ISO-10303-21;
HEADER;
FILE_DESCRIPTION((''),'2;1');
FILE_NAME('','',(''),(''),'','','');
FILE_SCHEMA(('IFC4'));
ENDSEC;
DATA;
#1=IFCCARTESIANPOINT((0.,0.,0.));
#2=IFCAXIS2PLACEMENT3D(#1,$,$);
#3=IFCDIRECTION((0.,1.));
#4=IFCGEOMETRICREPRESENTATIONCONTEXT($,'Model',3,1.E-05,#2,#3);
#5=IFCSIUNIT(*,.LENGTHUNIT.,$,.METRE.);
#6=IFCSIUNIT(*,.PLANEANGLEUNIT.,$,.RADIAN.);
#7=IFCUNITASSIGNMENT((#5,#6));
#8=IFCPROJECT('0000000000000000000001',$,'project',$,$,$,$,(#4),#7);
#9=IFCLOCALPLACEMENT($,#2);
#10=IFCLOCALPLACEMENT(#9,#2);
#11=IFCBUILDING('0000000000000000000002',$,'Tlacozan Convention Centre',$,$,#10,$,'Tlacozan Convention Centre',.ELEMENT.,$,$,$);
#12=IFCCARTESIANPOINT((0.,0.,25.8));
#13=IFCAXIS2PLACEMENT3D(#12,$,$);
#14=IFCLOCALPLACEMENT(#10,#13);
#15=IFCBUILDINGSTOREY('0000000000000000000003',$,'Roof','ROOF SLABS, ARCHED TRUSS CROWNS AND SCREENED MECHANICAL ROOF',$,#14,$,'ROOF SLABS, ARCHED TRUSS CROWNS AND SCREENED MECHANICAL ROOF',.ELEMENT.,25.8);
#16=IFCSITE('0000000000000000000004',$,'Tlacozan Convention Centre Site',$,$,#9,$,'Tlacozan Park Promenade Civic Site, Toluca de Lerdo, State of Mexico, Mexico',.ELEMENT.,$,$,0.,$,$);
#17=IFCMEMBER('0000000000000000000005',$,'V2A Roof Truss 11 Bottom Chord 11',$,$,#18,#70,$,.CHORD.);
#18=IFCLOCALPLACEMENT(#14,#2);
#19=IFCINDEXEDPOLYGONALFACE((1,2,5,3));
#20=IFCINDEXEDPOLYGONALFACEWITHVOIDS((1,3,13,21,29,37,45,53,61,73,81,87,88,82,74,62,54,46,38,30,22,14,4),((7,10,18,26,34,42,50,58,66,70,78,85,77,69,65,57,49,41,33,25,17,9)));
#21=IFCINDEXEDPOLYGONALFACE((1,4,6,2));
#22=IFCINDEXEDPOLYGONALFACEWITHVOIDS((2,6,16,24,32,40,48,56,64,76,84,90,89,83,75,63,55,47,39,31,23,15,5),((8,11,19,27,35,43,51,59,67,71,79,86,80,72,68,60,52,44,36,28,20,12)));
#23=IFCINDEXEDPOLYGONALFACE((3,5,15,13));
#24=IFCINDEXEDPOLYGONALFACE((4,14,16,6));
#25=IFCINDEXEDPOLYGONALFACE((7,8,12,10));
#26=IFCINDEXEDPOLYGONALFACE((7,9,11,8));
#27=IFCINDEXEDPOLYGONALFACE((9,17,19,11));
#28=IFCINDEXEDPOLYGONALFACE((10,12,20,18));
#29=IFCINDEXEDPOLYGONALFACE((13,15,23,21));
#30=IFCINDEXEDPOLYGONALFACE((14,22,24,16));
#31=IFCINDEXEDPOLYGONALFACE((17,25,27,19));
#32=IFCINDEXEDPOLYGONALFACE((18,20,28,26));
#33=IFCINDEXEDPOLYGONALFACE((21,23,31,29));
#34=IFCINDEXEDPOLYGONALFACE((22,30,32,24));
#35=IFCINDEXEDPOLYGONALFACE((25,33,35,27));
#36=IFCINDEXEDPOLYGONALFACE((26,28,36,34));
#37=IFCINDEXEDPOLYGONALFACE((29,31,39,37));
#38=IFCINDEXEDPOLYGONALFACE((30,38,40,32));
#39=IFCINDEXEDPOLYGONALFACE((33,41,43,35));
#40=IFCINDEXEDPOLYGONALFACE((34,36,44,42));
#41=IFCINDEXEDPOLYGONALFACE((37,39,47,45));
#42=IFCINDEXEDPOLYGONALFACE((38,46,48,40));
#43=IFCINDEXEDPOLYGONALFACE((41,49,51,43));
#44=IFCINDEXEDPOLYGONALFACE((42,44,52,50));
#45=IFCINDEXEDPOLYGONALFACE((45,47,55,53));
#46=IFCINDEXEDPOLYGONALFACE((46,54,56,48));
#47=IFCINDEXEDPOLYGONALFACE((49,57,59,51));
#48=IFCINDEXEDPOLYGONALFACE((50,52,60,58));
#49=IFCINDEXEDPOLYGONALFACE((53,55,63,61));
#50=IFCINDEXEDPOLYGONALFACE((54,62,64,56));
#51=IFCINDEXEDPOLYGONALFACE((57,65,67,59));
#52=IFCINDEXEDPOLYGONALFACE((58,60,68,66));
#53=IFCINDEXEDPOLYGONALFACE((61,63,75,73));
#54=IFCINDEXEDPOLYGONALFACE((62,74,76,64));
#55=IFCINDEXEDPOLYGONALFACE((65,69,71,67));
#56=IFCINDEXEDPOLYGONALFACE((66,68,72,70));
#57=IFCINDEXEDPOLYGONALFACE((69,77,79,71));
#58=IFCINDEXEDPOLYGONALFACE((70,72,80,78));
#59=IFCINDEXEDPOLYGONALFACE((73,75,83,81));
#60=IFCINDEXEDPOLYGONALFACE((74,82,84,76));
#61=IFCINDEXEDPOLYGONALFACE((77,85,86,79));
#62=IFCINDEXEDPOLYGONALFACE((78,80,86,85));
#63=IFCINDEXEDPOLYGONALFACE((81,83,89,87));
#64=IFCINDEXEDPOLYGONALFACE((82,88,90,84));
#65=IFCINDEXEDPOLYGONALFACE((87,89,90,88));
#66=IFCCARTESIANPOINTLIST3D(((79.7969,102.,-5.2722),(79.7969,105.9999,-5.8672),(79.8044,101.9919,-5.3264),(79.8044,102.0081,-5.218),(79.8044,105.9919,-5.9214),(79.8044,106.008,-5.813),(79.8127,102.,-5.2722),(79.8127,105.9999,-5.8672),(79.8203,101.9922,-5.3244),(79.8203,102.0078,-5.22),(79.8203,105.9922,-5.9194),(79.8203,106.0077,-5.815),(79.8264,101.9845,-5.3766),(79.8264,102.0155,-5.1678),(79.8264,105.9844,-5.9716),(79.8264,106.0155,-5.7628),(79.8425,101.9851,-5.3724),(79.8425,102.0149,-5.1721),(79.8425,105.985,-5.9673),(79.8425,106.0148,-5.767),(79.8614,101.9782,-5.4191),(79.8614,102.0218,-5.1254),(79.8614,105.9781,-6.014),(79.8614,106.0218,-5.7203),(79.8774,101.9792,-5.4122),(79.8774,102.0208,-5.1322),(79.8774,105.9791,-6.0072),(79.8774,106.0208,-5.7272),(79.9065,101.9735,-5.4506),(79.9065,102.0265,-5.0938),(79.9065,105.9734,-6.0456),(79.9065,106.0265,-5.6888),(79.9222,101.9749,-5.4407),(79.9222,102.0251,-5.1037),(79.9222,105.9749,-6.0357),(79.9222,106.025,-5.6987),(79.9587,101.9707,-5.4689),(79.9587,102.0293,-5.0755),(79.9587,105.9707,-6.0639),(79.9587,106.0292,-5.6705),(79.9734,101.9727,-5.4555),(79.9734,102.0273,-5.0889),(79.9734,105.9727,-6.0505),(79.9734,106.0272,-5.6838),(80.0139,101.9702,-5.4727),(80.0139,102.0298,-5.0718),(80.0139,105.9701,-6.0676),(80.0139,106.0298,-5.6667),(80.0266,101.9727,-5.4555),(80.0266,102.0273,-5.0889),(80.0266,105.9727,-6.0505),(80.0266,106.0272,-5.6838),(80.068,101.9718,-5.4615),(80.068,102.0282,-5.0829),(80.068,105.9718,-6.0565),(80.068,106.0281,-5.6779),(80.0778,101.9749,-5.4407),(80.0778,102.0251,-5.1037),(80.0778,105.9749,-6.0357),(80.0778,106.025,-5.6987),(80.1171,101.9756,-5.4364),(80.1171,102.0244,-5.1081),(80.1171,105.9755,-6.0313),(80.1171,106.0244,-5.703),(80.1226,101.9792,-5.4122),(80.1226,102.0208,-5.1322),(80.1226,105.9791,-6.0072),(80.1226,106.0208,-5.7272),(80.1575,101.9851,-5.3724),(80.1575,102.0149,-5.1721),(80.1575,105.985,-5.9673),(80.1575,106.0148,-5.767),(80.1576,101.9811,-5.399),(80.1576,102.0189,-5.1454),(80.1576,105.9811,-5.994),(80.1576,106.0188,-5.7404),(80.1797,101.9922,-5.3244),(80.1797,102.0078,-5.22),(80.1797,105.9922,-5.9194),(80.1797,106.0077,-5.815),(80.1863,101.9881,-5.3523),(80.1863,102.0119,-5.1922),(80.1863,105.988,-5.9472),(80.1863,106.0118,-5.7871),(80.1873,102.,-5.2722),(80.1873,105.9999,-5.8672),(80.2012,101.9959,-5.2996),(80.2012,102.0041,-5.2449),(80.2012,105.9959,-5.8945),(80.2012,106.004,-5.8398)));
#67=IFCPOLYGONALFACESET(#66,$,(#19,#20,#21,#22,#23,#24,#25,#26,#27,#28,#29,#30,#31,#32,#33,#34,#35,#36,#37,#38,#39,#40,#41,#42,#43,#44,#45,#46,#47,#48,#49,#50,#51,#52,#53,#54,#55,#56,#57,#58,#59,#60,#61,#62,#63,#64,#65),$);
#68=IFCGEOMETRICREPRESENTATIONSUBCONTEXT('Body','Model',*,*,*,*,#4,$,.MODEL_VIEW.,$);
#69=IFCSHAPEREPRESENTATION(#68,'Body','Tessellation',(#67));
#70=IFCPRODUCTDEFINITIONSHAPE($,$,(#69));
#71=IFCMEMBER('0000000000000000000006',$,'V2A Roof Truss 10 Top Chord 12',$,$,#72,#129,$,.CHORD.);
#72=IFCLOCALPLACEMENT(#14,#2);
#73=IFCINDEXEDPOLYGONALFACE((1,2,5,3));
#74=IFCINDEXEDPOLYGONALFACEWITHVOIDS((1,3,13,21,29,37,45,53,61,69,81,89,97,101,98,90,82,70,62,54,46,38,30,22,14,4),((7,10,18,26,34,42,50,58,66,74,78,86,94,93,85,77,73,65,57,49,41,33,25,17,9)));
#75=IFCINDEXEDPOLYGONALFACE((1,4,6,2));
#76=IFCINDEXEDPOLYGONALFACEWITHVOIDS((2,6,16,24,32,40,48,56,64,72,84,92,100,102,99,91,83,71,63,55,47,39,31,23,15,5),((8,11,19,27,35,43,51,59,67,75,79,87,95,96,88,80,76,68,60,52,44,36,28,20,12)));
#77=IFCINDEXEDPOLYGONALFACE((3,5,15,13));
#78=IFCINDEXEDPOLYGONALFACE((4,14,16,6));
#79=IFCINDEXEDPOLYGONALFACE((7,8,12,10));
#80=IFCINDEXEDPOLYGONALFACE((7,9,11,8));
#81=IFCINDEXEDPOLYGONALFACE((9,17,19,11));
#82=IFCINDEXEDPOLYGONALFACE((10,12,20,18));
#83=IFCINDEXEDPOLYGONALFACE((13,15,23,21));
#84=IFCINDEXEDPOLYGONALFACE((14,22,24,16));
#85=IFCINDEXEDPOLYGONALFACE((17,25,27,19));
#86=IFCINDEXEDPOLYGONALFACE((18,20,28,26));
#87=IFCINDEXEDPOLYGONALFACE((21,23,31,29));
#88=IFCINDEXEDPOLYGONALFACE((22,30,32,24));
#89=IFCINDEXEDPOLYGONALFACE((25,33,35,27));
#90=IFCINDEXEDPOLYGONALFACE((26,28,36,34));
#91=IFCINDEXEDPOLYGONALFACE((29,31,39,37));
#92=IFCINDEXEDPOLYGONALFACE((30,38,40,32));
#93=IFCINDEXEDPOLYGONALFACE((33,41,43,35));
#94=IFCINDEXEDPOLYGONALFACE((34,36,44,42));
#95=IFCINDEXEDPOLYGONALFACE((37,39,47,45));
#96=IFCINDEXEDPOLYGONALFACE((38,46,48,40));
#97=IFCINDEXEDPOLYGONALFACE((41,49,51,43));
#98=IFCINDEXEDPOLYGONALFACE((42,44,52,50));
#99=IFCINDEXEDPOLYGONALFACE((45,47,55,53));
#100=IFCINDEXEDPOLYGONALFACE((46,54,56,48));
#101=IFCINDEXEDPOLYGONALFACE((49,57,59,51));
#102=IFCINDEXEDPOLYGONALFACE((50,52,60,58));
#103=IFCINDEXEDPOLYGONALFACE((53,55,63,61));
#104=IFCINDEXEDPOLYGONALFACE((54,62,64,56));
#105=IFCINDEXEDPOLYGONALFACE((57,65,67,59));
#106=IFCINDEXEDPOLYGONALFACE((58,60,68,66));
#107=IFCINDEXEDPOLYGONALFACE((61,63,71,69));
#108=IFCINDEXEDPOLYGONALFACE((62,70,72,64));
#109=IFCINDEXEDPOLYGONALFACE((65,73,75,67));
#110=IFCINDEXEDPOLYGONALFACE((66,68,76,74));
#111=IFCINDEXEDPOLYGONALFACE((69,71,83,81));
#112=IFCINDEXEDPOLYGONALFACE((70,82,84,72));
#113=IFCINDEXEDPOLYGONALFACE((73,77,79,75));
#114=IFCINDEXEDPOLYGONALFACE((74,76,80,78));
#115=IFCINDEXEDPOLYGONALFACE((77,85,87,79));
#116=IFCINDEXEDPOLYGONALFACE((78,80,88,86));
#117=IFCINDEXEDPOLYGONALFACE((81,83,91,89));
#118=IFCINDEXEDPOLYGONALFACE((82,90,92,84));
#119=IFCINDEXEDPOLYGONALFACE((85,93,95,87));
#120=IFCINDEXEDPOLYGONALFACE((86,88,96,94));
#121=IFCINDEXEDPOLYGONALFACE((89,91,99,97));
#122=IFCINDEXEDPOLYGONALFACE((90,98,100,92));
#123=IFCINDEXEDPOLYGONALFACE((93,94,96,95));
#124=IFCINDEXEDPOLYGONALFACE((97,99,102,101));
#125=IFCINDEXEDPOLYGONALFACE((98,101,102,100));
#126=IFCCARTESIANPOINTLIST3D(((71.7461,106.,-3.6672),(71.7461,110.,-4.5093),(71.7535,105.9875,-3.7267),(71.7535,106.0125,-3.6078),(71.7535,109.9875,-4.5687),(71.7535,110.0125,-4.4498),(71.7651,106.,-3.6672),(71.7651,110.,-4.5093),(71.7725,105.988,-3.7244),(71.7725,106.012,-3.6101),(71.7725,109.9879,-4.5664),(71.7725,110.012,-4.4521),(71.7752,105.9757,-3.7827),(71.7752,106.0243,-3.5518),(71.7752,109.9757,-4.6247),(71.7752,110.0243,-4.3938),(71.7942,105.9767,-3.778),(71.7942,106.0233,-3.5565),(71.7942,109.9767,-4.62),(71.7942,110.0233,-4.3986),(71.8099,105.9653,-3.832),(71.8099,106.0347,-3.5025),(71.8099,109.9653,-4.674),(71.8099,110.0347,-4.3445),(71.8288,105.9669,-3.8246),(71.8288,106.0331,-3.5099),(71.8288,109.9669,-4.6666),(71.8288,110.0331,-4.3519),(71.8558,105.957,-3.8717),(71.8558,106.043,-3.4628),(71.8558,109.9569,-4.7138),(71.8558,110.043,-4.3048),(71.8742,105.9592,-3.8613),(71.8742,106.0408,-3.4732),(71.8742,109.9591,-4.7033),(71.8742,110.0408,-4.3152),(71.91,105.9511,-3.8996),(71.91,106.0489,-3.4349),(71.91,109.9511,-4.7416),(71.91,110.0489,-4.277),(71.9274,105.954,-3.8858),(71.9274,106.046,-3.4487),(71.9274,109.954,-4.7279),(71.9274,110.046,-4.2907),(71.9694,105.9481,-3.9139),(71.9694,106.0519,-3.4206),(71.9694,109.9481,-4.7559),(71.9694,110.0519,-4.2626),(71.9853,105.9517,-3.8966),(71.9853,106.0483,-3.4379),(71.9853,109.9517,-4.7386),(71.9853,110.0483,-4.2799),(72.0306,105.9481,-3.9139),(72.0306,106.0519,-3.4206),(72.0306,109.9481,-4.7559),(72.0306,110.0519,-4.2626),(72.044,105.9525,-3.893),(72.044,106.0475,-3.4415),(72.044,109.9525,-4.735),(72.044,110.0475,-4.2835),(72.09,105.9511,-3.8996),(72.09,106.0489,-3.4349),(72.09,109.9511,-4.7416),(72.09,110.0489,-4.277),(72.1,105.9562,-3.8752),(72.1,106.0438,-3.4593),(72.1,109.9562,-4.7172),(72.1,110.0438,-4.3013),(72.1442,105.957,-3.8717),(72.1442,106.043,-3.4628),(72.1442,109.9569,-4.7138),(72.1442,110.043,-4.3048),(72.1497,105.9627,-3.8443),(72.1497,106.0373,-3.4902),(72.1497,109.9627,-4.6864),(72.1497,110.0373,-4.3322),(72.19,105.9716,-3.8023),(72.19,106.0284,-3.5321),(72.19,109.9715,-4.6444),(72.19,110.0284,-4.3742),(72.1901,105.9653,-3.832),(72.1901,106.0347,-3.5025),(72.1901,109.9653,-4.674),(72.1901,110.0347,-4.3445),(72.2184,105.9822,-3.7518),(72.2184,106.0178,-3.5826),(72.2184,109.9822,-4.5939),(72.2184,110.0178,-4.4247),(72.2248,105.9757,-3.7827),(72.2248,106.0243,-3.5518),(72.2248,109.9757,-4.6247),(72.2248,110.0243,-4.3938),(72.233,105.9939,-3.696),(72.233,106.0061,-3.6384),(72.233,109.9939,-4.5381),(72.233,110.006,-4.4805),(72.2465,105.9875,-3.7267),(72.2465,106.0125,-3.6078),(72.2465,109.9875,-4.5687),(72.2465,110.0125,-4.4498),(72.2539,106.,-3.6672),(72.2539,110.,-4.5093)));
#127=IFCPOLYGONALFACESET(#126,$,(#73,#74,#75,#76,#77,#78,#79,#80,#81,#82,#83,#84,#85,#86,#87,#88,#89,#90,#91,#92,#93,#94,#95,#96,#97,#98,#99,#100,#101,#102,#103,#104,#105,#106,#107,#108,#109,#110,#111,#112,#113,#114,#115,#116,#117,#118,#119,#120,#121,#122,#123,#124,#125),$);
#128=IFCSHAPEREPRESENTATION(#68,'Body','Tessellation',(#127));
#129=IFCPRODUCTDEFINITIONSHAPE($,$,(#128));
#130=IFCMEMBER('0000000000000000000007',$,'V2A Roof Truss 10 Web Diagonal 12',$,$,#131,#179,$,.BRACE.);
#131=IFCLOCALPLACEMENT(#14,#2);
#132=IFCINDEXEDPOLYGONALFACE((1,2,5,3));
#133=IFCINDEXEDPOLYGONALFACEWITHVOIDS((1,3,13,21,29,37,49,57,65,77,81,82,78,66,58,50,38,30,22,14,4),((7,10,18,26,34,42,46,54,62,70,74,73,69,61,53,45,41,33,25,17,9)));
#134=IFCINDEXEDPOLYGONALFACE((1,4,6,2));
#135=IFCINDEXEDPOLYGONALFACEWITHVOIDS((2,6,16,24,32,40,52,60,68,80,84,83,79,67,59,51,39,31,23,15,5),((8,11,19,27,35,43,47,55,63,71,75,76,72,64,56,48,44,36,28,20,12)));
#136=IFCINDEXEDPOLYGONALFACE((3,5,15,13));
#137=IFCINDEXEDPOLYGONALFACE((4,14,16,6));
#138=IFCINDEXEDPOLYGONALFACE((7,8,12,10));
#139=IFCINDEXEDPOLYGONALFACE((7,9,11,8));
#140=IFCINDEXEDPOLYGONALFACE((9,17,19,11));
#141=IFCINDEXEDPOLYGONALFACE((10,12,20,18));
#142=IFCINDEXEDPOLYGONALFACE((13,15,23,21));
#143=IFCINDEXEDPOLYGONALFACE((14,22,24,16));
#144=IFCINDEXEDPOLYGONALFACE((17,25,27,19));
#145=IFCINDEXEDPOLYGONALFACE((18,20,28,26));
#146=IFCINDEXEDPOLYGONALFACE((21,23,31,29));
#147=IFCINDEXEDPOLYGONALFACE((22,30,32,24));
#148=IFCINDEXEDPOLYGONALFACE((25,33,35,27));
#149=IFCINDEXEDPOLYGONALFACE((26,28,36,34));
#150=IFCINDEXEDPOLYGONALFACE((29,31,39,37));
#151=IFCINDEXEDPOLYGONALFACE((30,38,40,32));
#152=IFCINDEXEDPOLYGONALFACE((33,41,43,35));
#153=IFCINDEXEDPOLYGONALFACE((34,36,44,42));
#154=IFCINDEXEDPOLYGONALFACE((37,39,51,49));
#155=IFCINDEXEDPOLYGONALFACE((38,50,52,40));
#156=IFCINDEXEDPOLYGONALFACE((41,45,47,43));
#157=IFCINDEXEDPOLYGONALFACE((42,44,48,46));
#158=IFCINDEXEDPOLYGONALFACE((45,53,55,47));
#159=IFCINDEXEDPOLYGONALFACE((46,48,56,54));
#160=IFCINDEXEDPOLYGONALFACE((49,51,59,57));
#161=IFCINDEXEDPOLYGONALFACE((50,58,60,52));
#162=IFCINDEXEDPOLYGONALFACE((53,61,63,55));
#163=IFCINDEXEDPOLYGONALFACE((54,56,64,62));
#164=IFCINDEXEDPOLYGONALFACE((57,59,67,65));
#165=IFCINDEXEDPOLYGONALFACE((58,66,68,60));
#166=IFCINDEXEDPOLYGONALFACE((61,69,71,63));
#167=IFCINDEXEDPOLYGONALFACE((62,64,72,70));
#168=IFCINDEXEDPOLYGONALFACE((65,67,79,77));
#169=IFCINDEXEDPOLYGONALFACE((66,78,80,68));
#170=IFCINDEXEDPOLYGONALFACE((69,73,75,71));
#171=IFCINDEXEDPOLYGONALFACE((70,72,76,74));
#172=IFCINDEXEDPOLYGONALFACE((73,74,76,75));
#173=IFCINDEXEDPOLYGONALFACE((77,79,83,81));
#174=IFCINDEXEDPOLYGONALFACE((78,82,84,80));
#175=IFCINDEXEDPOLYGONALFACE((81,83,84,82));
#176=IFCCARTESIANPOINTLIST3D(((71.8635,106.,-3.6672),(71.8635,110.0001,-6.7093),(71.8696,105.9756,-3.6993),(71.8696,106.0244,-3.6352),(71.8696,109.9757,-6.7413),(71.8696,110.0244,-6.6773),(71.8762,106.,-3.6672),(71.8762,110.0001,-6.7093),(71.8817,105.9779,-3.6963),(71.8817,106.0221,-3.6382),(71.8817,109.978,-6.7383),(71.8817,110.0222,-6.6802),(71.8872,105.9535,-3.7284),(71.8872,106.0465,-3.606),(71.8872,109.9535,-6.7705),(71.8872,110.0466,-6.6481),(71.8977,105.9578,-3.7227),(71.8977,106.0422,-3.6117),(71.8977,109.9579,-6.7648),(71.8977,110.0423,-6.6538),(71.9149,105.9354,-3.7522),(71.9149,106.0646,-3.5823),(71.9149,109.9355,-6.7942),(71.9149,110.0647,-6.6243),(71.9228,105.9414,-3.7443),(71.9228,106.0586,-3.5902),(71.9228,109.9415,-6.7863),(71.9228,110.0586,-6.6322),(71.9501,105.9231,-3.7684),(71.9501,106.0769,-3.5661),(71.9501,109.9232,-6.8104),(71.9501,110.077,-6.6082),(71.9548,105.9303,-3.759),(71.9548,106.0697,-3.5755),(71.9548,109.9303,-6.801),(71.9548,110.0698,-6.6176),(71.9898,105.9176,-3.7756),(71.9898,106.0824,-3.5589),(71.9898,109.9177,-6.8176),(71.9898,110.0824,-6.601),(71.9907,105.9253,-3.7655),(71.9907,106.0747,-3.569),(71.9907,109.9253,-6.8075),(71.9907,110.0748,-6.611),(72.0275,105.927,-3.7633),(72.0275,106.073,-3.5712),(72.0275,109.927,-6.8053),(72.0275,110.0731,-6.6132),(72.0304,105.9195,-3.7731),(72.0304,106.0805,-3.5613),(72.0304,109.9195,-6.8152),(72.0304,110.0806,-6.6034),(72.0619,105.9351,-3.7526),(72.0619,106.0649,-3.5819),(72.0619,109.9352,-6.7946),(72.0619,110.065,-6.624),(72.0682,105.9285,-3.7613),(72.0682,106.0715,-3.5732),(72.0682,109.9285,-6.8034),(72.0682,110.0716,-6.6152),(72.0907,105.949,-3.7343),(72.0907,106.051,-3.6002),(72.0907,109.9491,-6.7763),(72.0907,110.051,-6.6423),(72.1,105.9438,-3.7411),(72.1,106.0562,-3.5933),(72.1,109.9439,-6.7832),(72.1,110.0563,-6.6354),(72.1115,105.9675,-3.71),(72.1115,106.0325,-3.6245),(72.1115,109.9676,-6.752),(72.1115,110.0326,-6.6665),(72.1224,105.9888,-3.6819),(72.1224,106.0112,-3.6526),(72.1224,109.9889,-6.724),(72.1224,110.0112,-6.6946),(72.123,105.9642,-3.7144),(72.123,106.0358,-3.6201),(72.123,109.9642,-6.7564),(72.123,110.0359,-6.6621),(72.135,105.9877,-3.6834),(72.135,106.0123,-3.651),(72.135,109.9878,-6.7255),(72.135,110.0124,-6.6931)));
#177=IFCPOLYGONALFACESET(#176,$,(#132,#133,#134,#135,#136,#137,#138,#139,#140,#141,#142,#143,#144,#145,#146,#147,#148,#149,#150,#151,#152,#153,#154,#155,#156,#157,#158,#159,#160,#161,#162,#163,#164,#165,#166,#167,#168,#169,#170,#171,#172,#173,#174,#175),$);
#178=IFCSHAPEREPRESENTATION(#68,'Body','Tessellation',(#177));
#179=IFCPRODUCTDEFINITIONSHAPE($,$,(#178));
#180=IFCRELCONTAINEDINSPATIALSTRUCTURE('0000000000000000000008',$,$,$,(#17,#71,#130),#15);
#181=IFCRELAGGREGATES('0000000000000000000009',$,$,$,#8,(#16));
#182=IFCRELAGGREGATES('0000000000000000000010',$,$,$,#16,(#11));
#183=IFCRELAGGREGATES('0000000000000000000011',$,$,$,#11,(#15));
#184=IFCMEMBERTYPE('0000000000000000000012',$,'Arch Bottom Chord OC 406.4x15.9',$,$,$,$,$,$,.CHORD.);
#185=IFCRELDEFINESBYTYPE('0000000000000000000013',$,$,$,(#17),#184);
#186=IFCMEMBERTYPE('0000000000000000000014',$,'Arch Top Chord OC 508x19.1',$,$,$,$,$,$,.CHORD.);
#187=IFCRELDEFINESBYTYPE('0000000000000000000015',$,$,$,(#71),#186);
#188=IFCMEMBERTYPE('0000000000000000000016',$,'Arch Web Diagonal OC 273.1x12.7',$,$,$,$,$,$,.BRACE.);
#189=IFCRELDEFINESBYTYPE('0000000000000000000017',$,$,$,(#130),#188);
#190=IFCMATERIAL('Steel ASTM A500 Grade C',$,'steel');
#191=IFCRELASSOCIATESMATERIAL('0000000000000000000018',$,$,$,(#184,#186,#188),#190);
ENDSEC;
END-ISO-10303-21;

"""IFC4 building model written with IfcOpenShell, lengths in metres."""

from ifc_helpers import new_model, si_unit, direction, frame, origin, origin_2d, place, context, subcontext, project, spatial, hollow_circle, extrude, material, material_profile, profile_set, type_object, element, save


model = new_model("IFC4")

# Units and contexts
model_context = context("Model", 3, precision=1e-05, world=origin(), true_north=direction((0.0, 1.0)))
body_context = subcontext(model_context, "Body", "Model", "MODEL_VIEW")
ifc_project = project(units=[si_unit("LENGTHUNIT", "METRE"), si_unit("PLANEANGLEUNIT", "RADIAN")], contexts=[model_context])

# Site, building, storey
site_placement = place(None, origin())
site = spatial("IfcSite", under=ifc_project, at=site_placement, Name="Tlacozan Convention Centre Site", LongName="Tlacozan Park Promenade Civic Site, Toluca de Lerdo, State of Mexico, Mexico", CompositionType="ELEMENT", RefElevation=0.0)
building_placement = place(site_placement, origin())
building = spatial("IfcBuilding", under=site, at=building_placement, Name="Tlacozan Convention Centre", LongName="Tlacozan Convention Centre", CompositionType="ELEMENT")
storey_placement = place(building_placement, frame((0.0, 0.0, 25.8)))
storey = spatial("IfcBuildingStorey", under=building, at=storey_placement, Name="Roof", Description="ROOF SLABS, ARCHED TRUSS CROWNS AND SCREENED MECHANICAL ROOF", LongName="ROOF SLABS, ARCHED TRUSS CROWNS AND SCREENED MECHANICAL ROOF", CompositionType="ELEMENT", Elevation=25.8)

# Members
ifc_material_1 = material(Name="Steel ASTM A500 Grade C", Category="steel")
ifc_material_profile_1 = material_profile(ifc_material_1, hollow_circle(Radius=0.2031, WallThickness=0.0159, at=origin_2d()), Name="OC 406.4x15.9")
ifc_profile_set_1 = profile_set([ifc_material_profile_1], Name="Steel ASTM A500 Grade C")
member_type_1 = type_object("IfcMemberType", Name="Arch Bottom Chord OC 406.4x15.9", PredefinedType="CHORD", material=ifc_profile_set_1)
member_1_placement = place(storey_placement, frame((80.0, 102.0, -5.2722), z_axis=(0.0, 0.989118, -0.147124), x_axis=(-1.0, 0.0, 0.0)))
element("IfcMember", 1, at=member_1_placement, inside=storey, type_object=member_type_1, Name="V2A Roof Truss 11 Bottom Chord 11", PredefinedType="CHORD", context=body_context, shape_type="SweptSolid", body=[
    extrude(hollow_circle(Radius=0.2031, WallThickness=0.0159, at=origin_2d()), origin(), (0.0, 0.0, 1.0), 4.0439),
])
ifc_material_profile_2 = material_profile(ifc_material_1, hollow_circle(Radius=0.2539, WallThickness=0.019, at=origin_2d()), Name="OC 508.0x19.1")
ifc_profile_set_2 = profile_set([ifc_material_profile_2], Name="Steel ASTM A500 Grade C")
member_type_2 = type_object("IfcMemberType", Name="Arch Top Chord OC 508x19.1", PredefinedType="CHORD", material=ifc_profile_set_2)
member_2_placement = place(storey_placement, frame((72.0, 106.0, -3.6672), z_axis=(0.0, 0.978553, -0.205995), x_axis=(-1.0, 0.0, 0.0)))
element("IfcMember", 2, at=member_2_placement, inside=storey, type_object=member_type_2, Name="V2A Roof Truss 10 Top Chord 12", PredefinedType="CHORD", context=body_context, shape_type="SweptSolid", body=[
    extrude(hollow_circle(Radius=0.2539, WallThickness=0.019, at=origin_2d()), origin(), (0.0, 0.0, 1.0), 4.0876),
])
ifc_material_profile_3 = material_profile(ifc_material_1, hollow_circle(Radius=0.1365, WallThickness=0.0127, at=origin_2d()), Name="OC 273.1x12.7")
ifc_profile_set_3 = profile_set([ifc_material_profile_3], Name="Steel ASTM A500 Grade C")
member_type_3 = type_object("IfcMemberType", Name="Arch Web Diagonal OC 273.1x12.7", PredefinedType="BRACE", material=ifc_profile_set_3)
member_3_placement = place(storey_placement, frame((72.0, 106.0, -3.6672), z_axis=(0.0, 0.795971, -0.605335), x_axis=(-1.0, 0.0, 0.0)))
element("IfcMember", 3, at=member_3_placement, inside=storey, type_object=member_type_3, Name="V2A Roof Truss 10 Web Diagonal 12", PredefinedType="BRACE", context=body_context, shape_type="SweptSolid", body=[
    extrude(hollow_circle(Radius=0.1365, WallThickness=0.0127, at=origin_2d()), origin(), (0.0, 0.0, 1.0), 5.0254),
])

save(model, "model.ifc")
